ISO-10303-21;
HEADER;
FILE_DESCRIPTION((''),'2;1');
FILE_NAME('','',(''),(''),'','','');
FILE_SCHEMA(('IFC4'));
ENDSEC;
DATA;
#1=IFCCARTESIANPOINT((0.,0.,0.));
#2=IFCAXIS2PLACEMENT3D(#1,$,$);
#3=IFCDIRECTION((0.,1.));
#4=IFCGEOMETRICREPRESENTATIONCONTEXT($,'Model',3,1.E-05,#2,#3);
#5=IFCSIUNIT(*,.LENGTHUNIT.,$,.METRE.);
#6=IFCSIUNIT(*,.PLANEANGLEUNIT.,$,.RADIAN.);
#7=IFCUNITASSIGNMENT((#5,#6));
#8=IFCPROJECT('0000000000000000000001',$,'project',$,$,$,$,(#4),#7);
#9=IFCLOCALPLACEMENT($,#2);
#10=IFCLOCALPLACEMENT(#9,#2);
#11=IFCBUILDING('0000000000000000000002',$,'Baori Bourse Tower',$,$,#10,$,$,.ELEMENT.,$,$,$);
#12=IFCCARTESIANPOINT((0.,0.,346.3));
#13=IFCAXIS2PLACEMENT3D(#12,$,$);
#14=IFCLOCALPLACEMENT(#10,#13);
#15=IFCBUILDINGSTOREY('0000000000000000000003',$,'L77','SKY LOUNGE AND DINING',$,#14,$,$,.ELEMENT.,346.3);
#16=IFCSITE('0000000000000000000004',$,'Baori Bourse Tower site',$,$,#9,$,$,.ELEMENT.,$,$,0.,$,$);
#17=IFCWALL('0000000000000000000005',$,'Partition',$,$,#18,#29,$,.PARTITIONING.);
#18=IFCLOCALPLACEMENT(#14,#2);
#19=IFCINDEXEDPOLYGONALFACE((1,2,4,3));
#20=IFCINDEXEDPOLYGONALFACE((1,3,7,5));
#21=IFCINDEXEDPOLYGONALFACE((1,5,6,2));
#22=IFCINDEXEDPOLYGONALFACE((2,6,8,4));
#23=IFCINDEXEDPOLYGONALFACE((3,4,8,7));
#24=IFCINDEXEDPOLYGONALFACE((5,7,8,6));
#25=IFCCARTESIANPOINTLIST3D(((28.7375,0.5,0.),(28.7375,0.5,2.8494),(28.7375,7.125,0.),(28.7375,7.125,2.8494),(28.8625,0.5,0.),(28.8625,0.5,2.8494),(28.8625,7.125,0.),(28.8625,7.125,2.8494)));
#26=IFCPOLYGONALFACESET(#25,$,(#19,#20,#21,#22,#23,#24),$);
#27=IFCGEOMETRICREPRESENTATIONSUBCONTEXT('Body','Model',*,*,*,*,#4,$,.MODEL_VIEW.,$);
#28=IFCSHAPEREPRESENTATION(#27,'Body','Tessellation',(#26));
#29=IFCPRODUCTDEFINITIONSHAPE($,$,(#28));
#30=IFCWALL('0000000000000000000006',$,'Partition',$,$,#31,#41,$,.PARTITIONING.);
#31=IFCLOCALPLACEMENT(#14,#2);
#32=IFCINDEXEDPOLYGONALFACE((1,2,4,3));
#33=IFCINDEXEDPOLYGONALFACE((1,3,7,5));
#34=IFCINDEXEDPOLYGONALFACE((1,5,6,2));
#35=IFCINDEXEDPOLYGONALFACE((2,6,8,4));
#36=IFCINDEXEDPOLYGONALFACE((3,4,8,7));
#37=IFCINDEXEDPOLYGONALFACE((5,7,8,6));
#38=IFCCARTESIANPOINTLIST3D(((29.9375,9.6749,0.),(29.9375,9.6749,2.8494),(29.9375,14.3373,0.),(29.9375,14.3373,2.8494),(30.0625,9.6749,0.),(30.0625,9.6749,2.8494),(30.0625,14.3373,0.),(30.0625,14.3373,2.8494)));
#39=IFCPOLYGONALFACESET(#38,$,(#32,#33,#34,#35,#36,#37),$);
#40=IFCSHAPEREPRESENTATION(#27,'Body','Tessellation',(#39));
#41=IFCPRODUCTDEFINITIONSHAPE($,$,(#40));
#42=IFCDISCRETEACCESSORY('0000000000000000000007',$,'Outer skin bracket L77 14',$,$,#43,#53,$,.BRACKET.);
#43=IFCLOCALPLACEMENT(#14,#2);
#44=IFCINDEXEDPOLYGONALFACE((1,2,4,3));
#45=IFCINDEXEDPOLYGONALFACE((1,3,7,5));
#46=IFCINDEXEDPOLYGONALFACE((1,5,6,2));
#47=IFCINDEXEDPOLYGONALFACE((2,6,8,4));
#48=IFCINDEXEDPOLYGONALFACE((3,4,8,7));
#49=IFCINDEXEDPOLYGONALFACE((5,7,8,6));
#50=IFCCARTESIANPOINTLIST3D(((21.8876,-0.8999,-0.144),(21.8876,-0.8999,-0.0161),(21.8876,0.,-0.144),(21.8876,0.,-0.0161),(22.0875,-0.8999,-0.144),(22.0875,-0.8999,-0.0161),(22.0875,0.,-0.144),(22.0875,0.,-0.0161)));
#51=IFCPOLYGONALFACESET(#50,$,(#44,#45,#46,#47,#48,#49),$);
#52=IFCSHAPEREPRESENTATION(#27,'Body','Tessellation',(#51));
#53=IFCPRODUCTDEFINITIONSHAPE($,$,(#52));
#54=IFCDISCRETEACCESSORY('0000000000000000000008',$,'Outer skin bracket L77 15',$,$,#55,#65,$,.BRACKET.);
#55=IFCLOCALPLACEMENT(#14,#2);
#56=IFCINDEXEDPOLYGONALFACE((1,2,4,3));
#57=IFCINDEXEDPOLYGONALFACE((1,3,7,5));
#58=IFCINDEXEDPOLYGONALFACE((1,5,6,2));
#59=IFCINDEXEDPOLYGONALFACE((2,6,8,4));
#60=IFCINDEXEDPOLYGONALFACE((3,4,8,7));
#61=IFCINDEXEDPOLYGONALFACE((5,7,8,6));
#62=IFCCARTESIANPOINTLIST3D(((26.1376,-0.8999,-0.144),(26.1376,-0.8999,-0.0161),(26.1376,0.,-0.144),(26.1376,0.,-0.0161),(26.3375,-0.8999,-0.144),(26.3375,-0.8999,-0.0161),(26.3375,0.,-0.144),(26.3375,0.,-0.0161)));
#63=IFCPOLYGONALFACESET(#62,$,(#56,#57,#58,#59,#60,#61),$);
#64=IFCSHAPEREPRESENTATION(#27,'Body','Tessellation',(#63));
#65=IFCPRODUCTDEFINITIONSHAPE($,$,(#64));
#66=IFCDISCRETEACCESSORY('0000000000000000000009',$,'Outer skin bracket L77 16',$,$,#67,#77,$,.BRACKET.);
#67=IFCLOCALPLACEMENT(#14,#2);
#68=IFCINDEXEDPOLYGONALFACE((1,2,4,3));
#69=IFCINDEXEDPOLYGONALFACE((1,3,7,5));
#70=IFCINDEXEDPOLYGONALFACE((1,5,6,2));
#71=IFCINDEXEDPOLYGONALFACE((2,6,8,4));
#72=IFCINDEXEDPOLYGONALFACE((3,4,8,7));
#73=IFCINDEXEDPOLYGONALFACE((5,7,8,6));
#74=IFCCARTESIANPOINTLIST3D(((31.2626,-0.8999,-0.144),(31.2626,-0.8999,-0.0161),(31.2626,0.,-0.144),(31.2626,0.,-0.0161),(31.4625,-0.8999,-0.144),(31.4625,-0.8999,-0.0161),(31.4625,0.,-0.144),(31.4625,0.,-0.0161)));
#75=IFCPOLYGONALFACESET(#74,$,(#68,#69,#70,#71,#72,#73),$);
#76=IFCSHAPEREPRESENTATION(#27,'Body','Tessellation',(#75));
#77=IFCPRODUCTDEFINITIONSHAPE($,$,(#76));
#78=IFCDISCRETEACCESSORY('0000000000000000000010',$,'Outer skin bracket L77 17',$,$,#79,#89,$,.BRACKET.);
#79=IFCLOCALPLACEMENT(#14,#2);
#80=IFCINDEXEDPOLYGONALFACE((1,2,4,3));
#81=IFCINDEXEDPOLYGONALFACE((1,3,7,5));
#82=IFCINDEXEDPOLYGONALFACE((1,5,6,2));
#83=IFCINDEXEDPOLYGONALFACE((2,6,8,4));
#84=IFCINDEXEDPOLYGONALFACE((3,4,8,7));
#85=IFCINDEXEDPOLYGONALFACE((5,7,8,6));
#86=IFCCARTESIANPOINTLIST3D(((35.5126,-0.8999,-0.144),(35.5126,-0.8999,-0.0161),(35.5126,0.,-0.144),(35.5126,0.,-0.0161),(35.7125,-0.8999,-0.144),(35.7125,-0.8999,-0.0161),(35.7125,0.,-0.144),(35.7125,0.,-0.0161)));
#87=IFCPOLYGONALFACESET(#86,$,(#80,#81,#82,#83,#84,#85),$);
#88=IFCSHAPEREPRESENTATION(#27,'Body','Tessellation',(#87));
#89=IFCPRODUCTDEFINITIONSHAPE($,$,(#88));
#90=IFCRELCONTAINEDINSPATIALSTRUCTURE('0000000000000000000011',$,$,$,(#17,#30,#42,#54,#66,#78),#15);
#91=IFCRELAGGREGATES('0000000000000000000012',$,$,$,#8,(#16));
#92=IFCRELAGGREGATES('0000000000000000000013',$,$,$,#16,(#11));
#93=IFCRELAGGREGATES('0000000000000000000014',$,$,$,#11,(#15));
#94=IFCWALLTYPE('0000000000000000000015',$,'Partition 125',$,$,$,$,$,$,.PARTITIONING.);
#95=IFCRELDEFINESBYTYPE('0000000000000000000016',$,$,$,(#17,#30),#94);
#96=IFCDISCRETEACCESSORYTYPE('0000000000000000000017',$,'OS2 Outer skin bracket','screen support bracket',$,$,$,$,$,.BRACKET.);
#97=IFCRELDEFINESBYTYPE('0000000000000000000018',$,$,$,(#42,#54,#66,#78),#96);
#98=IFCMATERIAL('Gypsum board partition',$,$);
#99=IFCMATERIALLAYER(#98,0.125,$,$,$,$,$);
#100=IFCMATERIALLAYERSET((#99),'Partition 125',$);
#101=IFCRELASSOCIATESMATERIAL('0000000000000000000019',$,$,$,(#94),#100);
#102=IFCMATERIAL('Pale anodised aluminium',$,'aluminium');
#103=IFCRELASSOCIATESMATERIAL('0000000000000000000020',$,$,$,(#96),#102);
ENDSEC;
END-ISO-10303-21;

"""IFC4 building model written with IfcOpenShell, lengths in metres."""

from ifc_helpers import new_model, si_unit, direction, frame, frame_2d, origin, origin_2d, place, context, subcontext, project, spatial, rectangle, extrude, material, layer, layer_set, type_object, element, save


model = new_model("IFC4")

# Units and contexts
model_context = context("Model", 3, precision=1e-05, world=origin(), true_north=direction((0.0, 1.0)))
body_context = subcontext(model_context, "Body", "Model", "MODEL_VIEW")
ifc_project = project(units=[si_unit("LENGTHUNIT", "METRE"), si_unit("PLANEANGLEUNIT", "RADIAN")], contexts=[model_context])

# Site, building, storey
site_placement = place(None, origin())
site = spatial("IfcSite", under=ifc_project, at=site_placement, Name="Baori Bourse Tower site", CompositionType="ELEMENT", RefElevation=0.0)
building_placement = place(site_placement, origin())
building = spatial("IfcBuilding", under=site, at=building_placement, Name="Baori Bourse Tower", CompositionType="ELEMENT")
storey_placement = place(building_placement, frame((0.0, 0.0, 346.3)))
storey = spatial("IfcBuildingStorey", under=building, at=storey_placement, Name="L77", Description="SKY LOUNGE AND DINING", CompositionType="ELEMENT", Elevation=346.3)

# Walls
ifc_material_1 = material(Name="Gypsum board partition")
ifc_layer_1 = layer(ifc_material_1, 0.125)
ifc_layer_set_1 = layer_set([ifc_layer_1], Name="Partition 125")
wall_type_1 = type_object("IfcWallType", Name="Partition 125", PredefinedType="PARTITIONING", material=ifc_layer_set_1)
wall_1_placement = place(storey_placement, frame((28.8, 0.5, 0.0), z_axis=(0.0, 0.0, 1.0), x_axis=(0.0, 1.0, 0.0)))
element("IfcWall", 1, at=wall_1_placement, inside=storey, type_object=wall_type_1, Name="Partition", PredefinedType="PARTITIONING", context=body_context, shape_type="SweptSolid", body=[
    extrude(rectangle(XDim=6.625, YDim=0.125, at=frame_2d((3.3125, 0.0))), origin(), (0.0, 0.0, 1.0), 2.8494),
])
wall_2_placement = place(storey_placement, frame((30.0, 9.675, 0.0), z_axis=(0.0, 0.0, 1.0), x_axis=(0.0, 1.0, 0.0)))
element("IfcWall", 2, at=wall_2_placement, inside=storey, type_object=wall_type_1, Name="Partition", PredefinedType="PARTITIONING", context=body_context, shape_type="SweptSolid", body=[
    extrude(rectangle(XDim=4.6624, YDim=0.125, at=frame_2d((2.3311, 0.0))), origin(), (0.0, 0.0, 1.0), 2.8494),
])

# Discrete accessories
ifc_material_2 = material(Name="Pale anodised aluminium", Category="aluminium")
discrete_accessory_type = type_object("IfcDiscreteAccessoryType", Name="OS2 Outer skin bracket", Description="screen support bracket", PredefinedType="BRACKET", material=ifc_material_2)
for number, where, z_axis, x_axis, name in (
    (3, (21.9875, -0.45, -0.144), (0.0, 0.0, 1.0), (1.0, 0.0, 0.0), "Outer skin bracket L77 14"),
    (4, (26.2375, -0.45, -0.144), (0.0, 0.0, 1.0), (1.0, 0.0, 0.0), "Outer skin bracket L77 15"),
    (5, (31.3625, -0.45, -0.144), (0.0, 0.0, 1.0), (1.0, 0.0, 0.0), "Outer skin bracket L77 16"),
    (6, (35.6125, -0.45, -0.144), (0.0, 0.0, 1.0), (1.0, 0.0, 0.0), "Outer skin bracket L77 17"),
):
    element("IfcDiscreteAccessory", number, at=place(storey_placement, frame(where, z_axis=z_axis, x_axis=x_axis)), inside=storey, type_object=discrete_accessory_type, Name=name, PredefinedType="BRACKET", context=body_context, shape_type="SweptSolid", body=[
        extrude(rectangle(XDim=0.2, YDim=0.8999, at=origin_2d()), origin(), (0.0, 0.0, 1.0), 0.1279),
    ])

save(model, "model.ifc")
